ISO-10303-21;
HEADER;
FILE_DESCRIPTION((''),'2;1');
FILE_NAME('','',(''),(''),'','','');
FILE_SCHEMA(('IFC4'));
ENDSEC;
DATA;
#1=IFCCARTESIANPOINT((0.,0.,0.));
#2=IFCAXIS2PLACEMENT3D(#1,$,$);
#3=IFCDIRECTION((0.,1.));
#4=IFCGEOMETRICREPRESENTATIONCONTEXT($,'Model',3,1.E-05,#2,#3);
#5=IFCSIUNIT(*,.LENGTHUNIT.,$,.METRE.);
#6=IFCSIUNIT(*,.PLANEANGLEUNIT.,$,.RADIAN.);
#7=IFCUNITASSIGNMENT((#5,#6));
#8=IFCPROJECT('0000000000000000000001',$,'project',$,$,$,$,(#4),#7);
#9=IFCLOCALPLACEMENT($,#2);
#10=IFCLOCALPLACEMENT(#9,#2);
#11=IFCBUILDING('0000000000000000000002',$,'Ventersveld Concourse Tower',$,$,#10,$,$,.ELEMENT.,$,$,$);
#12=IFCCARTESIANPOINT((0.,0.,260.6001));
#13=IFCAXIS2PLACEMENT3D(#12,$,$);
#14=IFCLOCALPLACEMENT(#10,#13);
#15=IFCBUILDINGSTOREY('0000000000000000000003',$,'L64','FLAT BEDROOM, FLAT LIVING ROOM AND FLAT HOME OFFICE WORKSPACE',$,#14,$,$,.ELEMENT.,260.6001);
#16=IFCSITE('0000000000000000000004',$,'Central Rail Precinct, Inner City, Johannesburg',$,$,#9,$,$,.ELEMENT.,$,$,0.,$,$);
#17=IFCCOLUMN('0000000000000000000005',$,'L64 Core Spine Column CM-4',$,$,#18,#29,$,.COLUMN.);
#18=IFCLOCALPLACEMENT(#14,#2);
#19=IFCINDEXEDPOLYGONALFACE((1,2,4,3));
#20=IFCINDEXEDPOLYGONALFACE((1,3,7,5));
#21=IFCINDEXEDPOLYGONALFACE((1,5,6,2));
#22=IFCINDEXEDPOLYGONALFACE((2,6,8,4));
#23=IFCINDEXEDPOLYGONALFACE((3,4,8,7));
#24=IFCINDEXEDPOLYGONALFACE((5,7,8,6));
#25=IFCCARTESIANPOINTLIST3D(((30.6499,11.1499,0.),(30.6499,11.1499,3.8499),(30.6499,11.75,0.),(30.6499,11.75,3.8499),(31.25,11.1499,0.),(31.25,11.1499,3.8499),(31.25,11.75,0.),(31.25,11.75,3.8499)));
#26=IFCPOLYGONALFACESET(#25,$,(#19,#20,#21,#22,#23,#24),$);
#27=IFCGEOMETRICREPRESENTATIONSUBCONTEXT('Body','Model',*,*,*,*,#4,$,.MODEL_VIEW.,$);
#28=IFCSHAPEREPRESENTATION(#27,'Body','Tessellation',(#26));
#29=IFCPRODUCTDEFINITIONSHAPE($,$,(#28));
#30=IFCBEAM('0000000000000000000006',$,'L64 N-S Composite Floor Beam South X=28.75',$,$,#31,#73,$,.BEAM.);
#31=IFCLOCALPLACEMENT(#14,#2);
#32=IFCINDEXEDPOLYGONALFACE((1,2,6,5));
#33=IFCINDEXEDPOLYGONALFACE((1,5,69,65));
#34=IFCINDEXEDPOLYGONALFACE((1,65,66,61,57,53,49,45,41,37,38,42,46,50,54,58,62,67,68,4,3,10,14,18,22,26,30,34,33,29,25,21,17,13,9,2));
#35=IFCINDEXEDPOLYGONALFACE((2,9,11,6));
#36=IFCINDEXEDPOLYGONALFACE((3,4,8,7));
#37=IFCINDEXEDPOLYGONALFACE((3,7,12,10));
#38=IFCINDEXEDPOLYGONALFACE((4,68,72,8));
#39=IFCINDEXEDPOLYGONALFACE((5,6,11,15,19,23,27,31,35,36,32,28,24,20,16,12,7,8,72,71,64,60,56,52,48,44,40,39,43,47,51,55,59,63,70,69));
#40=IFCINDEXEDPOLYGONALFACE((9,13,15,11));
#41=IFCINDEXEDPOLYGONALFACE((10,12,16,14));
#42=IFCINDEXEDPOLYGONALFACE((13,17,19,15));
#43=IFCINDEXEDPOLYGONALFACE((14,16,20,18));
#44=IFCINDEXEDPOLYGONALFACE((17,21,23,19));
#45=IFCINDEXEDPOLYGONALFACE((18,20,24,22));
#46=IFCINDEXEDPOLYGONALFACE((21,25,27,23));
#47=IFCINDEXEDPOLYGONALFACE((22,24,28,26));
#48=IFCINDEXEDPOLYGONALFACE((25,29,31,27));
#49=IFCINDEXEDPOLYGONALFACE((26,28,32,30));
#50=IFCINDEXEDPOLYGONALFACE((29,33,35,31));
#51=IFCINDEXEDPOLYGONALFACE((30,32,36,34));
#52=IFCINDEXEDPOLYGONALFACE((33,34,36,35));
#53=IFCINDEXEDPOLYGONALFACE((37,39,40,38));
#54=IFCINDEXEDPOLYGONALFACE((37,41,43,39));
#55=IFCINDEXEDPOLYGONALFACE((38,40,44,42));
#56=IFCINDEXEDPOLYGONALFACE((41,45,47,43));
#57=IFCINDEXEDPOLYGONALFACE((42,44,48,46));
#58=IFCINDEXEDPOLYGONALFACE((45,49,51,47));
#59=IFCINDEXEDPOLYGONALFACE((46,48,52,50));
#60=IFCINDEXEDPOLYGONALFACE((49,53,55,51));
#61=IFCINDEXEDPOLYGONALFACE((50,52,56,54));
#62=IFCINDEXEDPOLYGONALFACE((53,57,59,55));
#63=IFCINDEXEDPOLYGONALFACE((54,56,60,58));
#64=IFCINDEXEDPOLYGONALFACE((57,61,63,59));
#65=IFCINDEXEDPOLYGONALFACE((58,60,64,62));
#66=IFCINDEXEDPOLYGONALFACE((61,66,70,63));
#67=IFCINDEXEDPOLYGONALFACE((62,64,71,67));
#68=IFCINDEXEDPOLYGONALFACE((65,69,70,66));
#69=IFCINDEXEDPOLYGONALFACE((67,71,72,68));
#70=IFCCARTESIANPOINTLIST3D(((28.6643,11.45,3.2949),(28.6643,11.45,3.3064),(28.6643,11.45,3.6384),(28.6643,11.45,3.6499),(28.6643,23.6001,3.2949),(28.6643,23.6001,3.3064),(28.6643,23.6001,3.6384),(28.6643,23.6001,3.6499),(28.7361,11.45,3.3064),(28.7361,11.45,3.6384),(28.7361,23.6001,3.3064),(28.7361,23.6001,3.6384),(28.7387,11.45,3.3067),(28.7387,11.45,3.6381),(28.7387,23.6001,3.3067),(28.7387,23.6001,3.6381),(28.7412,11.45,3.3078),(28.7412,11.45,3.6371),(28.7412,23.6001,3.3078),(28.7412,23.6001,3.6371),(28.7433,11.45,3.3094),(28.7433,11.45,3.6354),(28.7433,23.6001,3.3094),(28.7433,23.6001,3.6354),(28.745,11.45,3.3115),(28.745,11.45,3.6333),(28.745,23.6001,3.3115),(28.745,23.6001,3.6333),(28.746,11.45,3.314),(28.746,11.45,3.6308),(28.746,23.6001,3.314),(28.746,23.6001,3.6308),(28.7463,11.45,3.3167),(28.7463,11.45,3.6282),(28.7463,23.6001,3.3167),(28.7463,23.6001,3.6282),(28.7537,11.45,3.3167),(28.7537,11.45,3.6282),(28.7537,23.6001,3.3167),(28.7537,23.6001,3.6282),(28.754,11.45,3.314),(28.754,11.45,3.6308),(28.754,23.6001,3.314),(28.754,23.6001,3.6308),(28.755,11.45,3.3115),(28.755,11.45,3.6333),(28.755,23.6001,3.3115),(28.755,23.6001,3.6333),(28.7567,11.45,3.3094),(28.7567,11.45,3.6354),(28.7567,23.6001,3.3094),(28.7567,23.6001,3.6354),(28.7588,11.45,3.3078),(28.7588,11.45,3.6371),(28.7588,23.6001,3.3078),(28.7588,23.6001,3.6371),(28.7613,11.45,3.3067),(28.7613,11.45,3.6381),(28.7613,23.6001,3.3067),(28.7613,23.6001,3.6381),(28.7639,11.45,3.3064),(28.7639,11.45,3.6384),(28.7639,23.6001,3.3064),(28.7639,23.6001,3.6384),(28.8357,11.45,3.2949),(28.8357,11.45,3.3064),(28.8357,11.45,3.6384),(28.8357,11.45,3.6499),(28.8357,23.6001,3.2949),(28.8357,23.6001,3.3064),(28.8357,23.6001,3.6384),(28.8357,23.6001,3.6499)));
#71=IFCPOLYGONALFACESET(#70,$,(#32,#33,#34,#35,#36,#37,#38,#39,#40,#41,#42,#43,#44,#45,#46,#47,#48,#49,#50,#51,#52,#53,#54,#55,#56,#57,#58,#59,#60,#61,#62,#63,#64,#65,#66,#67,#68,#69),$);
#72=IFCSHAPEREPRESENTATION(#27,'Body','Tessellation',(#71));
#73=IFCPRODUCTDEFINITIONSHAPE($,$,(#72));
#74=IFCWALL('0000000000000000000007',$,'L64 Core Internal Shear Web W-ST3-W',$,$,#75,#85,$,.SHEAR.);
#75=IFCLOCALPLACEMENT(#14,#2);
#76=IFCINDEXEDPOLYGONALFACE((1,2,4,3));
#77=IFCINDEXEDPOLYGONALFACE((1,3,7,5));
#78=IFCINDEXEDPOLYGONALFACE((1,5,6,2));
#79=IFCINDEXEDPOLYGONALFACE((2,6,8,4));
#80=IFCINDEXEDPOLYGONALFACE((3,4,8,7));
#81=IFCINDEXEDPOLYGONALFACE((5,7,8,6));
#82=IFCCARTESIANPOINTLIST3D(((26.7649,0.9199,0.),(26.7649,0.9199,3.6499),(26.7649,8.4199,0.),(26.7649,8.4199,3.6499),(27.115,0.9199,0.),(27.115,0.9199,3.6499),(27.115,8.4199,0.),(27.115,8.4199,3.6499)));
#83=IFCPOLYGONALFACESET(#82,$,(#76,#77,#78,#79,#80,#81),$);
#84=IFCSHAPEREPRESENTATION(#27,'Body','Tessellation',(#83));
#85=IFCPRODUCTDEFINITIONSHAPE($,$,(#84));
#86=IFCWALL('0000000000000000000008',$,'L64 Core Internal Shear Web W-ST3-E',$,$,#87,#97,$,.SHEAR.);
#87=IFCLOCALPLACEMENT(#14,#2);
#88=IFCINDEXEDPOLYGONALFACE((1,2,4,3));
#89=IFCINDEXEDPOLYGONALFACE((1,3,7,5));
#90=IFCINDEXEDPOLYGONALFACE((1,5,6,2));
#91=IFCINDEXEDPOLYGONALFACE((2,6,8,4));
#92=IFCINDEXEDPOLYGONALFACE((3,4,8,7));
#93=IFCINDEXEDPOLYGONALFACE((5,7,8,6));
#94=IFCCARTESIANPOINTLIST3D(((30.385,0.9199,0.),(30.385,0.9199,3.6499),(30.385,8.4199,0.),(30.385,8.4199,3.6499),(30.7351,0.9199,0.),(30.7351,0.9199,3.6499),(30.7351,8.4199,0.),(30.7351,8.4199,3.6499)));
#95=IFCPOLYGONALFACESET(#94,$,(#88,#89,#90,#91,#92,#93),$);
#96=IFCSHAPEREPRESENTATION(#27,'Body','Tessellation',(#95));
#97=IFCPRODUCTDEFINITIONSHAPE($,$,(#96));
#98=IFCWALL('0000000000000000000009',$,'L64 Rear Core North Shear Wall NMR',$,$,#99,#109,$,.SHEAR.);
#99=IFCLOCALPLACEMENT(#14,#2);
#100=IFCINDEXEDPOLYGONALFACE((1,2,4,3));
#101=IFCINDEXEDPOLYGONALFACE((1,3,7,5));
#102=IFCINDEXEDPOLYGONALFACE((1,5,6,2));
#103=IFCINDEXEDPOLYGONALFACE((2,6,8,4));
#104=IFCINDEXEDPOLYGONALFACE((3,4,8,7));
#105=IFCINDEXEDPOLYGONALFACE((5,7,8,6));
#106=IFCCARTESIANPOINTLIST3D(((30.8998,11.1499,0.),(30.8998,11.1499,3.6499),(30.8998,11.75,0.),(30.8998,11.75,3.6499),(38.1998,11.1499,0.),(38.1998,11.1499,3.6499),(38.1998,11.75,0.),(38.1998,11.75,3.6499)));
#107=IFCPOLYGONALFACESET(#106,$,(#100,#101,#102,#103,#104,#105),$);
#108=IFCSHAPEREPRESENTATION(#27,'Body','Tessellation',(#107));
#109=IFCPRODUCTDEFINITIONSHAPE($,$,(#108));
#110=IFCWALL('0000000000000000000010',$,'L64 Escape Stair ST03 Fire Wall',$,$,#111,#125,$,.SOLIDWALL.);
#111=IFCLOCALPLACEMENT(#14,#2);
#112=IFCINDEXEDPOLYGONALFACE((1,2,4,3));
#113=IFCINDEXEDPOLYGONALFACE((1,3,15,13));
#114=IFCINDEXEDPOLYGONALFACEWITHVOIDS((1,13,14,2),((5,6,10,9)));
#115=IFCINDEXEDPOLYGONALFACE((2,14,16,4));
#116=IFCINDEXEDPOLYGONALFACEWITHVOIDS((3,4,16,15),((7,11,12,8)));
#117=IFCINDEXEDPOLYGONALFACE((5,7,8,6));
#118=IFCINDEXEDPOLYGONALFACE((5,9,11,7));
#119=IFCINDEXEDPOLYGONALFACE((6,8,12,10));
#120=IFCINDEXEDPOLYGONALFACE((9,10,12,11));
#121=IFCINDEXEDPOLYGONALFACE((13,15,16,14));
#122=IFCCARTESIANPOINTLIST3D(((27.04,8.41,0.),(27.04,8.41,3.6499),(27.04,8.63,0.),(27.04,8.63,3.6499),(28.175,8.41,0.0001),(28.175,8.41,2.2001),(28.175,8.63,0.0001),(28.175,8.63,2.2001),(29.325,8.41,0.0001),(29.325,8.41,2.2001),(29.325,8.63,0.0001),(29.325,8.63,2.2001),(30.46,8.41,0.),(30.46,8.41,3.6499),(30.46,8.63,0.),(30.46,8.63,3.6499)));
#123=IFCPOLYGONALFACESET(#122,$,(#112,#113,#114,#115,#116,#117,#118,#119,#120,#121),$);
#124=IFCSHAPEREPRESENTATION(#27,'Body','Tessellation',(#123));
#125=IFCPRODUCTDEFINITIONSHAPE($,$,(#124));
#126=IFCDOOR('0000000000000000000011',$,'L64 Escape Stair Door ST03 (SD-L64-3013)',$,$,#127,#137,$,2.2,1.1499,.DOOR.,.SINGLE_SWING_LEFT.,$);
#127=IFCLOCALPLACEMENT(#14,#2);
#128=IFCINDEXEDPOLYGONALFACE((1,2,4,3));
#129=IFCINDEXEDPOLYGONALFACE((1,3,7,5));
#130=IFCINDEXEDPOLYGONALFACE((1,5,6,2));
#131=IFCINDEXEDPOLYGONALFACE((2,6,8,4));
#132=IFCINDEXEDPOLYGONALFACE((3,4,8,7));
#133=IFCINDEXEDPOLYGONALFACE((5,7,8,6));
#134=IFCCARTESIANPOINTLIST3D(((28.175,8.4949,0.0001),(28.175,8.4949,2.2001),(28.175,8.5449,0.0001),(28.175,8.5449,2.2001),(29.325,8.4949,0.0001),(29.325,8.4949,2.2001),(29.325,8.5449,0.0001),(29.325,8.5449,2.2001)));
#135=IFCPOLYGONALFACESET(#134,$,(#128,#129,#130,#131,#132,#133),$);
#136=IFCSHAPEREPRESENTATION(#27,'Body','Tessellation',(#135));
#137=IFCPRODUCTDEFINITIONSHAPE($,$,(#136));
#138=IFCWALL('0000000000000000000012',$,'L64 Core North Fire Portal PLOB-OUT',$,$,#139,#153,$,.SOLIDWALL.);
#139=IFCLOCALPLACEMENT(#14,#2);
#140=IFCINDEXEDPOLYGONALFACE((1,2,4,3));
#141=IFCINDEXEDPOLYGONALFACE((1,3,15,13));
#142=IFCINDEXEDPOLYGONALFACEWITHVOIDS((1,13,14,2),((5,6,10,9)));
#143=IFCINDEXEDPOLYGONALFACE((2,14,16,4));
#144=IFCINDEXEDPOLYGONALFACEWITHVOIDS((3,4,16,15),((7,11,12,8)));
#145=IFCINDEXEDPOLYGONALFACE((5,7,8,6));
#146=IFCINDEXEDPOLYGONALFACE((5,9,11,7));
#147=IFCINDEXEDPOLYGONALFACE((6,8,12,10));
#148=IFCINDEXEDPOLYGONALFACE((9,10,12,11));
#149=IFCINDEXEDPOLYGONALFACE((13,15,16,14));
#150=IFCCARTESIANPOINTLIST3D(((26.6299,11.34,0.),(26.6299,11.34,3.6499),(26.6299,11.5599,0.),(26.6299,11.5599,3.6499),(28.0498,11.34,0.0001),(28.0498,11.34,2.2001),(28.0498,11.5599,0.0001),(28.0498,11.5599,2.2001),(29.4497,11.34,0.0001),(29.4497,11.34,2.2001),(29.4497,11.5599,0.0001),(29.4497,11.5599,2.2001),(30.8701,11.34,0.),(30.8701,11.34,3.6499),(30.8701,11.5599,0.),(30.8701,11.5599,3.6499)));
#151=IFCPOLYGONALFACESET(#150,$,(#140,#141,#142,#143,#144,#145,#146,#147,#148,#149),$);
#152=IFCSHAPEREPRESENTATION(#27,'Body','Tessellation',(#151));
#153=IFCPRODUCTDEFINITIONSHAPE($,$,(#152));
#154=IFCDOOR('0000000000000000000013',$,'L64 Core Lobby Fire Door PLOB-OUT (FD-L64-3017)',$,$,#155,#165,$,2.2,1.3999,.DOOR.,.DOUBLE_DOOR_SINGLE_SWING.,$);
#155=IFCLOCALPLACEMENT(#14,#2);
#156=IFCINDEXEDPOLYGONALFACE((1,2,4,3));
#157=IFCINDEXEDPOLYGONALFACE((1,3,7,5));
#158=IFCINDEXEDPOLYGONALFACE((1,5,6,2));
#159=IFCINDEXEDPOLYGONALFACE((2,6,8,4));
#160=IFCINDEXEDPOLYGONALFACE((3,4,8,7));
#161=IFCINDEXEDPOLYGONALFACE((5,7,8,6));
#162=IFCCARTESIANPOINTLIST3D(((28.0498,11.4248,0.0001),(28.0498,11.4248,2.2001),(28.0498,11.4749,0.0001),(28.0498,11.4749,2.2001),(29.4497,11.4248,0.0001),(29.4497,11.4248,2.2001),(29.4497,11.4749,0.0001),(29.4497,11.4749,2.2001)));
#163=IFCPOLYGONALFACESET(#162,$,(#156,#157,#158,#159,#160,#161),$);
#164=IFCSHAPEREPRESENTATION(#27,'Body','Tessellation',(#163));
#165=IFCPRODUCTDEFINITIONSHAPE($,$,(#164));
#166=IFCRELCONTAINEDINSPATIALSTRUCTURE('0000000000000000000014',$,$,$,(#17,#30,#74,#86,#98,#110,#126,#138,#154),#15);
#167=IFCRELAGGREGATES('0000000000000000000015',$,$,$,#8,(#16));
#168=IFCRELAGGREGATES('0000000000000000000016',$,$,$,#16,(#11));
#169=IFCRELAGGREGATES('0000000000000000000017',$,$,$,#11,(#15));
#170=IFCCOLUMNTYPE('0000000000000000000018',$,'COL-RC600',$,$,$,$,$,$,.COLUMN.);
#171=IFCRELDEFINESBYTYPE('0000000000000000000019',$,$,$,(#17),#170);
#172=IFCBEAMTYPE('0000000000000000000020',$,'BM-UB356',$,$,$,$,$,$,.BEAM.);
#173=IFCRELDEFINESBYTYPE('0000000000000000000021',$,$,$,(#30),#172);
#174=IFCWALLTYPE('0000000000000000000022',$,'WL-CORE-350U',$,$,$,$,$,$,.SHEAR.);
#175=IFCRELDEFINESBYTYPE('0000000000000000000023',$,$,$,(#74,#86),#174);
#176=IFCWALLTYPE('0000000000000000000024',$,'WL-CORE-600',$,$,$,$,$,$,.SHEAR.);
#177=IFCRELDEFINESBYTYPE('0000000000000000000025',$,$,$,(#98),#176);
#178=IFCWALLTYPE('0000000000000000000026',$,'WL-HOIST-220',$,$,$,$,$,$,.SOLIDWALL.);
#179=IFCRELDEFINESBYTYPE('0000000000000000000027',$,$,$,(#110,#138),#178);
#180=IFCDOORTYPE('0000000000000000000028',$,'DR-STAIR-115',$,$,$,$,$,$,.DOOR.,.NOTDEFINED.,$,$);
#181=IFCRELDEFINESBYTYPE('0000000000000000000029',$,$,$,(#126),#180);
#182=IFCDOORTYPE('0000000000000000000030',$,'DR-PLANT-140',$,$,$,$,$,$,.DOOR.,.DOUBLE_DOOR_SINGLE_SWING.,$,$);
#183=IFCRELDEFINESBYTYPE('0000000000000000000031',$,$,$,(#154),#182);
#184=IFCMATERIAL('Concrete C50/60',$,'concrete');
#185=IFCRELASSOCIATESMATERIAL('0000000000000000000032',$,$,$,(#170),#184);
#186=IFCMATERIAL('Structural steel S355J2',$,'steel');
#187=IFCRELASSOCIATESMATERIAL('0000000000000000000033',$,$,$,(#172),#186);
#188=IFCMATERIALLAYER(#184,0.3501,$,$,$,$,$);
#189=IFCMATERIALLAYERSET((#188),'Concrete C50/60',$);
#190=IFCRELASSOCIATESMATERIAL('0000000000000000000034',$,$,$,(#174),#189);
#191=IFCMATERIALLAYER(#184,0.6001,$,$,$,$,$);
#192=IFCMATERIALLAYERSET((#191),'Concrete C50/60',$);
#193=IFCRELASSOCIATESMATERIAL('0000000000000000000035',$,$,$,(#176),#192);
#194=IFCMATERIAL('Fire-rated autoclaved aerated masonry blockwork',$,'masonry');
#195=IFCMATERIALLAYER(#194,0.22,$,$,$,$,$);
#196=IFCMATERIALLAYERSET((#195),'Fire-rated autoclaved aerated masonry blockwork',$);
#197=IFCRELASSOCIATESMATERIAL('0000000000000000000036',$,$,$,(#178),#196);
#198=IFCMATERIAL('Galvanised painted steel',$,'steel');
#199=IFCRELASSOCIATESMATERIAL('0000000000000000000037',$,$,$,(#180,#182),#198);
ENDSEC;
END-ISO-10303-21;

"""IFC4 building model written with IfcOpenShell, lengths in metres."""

from ifc_helpers import new_model, si_unit, direction, frame, frame_2d, origin, origin_2d, place, context, subcontext, project, spatial, rectangle, i_section, extrude, material, layer, layer_set, material_profile, profile_set, type_object, element, fill, save


model = new_model("IFC4")

# Units and contexts
model_context = context("Model", 3, precision=1e-05, world=origin(), true_north=direction((0.0, 1.0)))
body_context = subcontext(model_context, "Body", "Model", "MODEL_VIEW")
ifc_project = project(units=[si_unit("LENGTHUNIT", "METRE"), si_unit("PLANEANGLEUNIT", "RADIAN")], contexts=[model_context])

# Site, building, storey
site_placement = place(None, origin())
site = spatial("IfcSite", under=ifc_project, at=site_placement, Name="Central Rail Precinct, Inner City, Johannesburg", CompositionType="ELEMENT", RefElevation=0.0)
building_placement = place(site_placement, origin())
building = spatial("IfcBuilding", under=site, at=building_placement, Name="Ventersveld Concourse Tower", CompositionType="ELEMENT")
storey_placement = place(building_placement, frame((0.0, 0.0, 260.6001)))
storey = spatial("IfcBuildingStorey", under=building, at=storey_placement, Name="L64", Description="FLAT BEDROOM, FLAT LIVING ROOM AND FLAT HOME OFFICE WORKSPACE", CompositionType="ELEMENT", Elevation=260.6001)

# Column
ifc_material_1 = material(Name="Concrete C50/60", Category="concrete")
ifc_material_profile_1 = material_profile(ifc_material_1, rectangle(XDim=0.6001, YDim=0.6001, at=origin_2d()), Name="RC 600x600")
ifc_profile_set_1 = profile_set([ifc_material_profile_1], Name="Concrete C50/60")
column_type = type_object("IfcColumnType", Name="COL-RC600", PredefinedType="COLUMN", material=ifc_profile_set_1)
column_placement = place(storey_placement, frame((30.95, 11.45, 0.0), z_axis=(0.0, 0.0, 1.0), x_axis=(1.0, 0.0, 0.0)))
element("IfcColumn", 1, at=column_placement, inside=storey, type_object=column_type, Name="L64 Core Spine Column CM-4", PredefinedType="COLUMN", context=body_context, shape_type="SweptSolid", body=[
    extrude(rectangle(XDim=0.6001, YDim=0.6001, at=origin_2d()), origin(), (0.0, 0.0, 1.0), 3.8499),
])

# Beam
ifc_material_2 = material(Name="Structural steel S355J2", Category="steel")
ifc_material_profile_2 = material_profile(ifc_material_2, i_section(OverallWidth=0.1714, OverallDepth=0.355, WebThickness=0.0073, FlangeThickness=0.0115, FilletRadius=0.0103, at=origin_2d()), Name="UB 356x171x51")
ifc_profile_set_2 = profile_set([ifc_material_profile_2], Name="Structural steel S355J2")
beam_type = type_object("IfcBeamType", Name="BM-UB356", PredefinedType="BEAM", material=ifc_profile_set_2)
beam_placement = place(storey_placement, frame((28.75, 11.45, 3.4724), z_axis=(0.0, 1.0, 0.0), x_axis=(-1.0, 0.0, 0.0)))
element("IfcBeam", 2, at=beam_placement, inside=storey, type_object=beam_type, Name="L64 N-S Composite Floor Beam South X=28.75", PredefinedType="BEAM", context=body_context, shape_type="SweptSolid", body=[
    extrude(i_section(OverallWidth=0.1714, OverallDepth=0.355, WebThickness=0.0073, FlangeThickness=0.0115, FilletRadius=0.0103, at=origin_2d()), origin(), (0.0, 0.0, 1.0), 12.1501),
])

# Walls
ifc_layer_1 = layer(ifc_material_1, 0.3501)
ifc_layer_set_1 = layer_set([ifc_layer_1], Name="Concrete C50/60")
wall_type_1 = type_object("IfcWallType", Name="WL-CORE-350U", PredefinedType="SHEAR", material=ifc_layer_set_1)
for number, where, z_axis, x_axis, name in (
    (3, (26.9399, 0.9199, 0.0), (0.0, 0.0, 1.0), (0.0, 1.0, 0.0), "L64 Core Internal Shear Web W-ST3-W"),
    (4, (30.5601, 0.9199, 0.0), (0.0, 0.0, 1.0), (0.0, 1.0, 0.0), "L64 Core Internal Shear Web W-ST3-E"),
):
    element("IfcWall", number, at=place(storey_placement, frame(where, z_axis=z_axis, x_axis=x_axis)), inside=storey, type_object=wall_type_1, Name=name, PredefinedType="SHEAR", context=body_context, shape_type="SweptSolid", body=[
        extrude(rectangle(XDim=7.5, YDim=0.3501, at=frame_2d((3.75, 0.0))), origin(), (0.0, 0.0, 1.0), 3.6499),
    ])
ifc_layer_2 = layer(ifc_material_1, 0.6001)
ifc_layer_set_2 = layer_set([ifc_layer_2], Name="Concrete C50/60")
wall_type_2 = type_object("IfcWallType", Name="WL-CORE-600", PredefinedType="SHEAR", material=ifc_layer_set_2)
wall_1_placement = place(storey_placement, frame((30.8999, 11.45, 0.0), z_axis=(0.0, 0.0, 1.0), x_axis=(1.0, 0.0, 0.0)))
element("IfcWall", 5, at=wall_1_placement, inside=storey, type_object=wall_type_2, Name="L64 Rear Core North Shear Wall NMR", PredefinedType="SHEAR", context=body_context, shape_type="SweptSolid", body=[
    extrude(rectangle(XDim=7.3, YDim=0.6001, at=frame_2d((3.6499, 0.0))), origin(), (0.0, 0.0, 1.0), 3.6499),
])

# Walls, openings, doors
ifc_material_3 = material(Name="Fire-rated autoclaved aerated masonry blockwork", Category="masonry")
ifc_layer_3 = layer(ifc_material_3, 0.22)
ifc_layer_set_3 = layer_set([ifc_layer_3], Name="Fire-rated autoclaved aerated masonry blockwork")
wall_type_3 = type_object("IfcWallType", Name="WL-HOIST-220", PredefinedType="SOLIDWALL", material=ifc_layer_set_3)
wall_2_placement = place(storey_placement, frame((27.04, 8.52, 0.0), z_axis=(0.0, 0.0, 1.0), x_axis=(1.0, 0.0, 0.0)))
wall_2 = element("IfcWall", 6, at=wall_2_placement, inside=storey, type_object=wall_type_3, Name="L64 Escape Stair ST03 Fire Wall", PredefinedType="SOLIDWALL", context=body_context, shape_type="SweptSolid", body=[
    extrude(rectangle(XDim=3.4199, YDim=0.22, at=frame_2d((1.71, 0.0))), origin(), (0.0, 0.0, 1.0), 3.6499),
])
opening_1_placement = place(wall_2_placement, frame((1.135, 0.0, 0.0)))
opening_1 = element("IfcOpeningElement", 7, at=opening_1_placement, cuts=wall_2, PredefinedType="OPENING", context=body_context, shape_type="SweptSolid", body=[
    extrude(rectangle(XDim=1.1499, YDim=2.2, at=frame_2d((0.575, 1.1001))), frame((0.0, 0.1201, 0.0), z_axis=(0.0, -1.0, 0.0), x_axis=(1.0, 0.0, 0.0)), (0.0, 0.0, 1.0), 0.24),
])
ifc_material_4 = material(Name="Galvanised painted steel", Category="steel")
door_type_1 = type_object("IfcDoorType", Name="DR-STAIR-115", OperationType="NOTDEFINED", PredefinedType="DOOR", material=ifc_material_4)
door_1_placement = place(opening_1_placement, origin())
door_1 = element("IfcDoor", 8, at=door_1_placement, inside=storey, type_object=door_type_1, Name="L64 Escape Stair Door ST03 (SD-L64-3013)", OperationType="SINGLE_SWING_LEFT", OverallHeight=2.2, OverallWidth=1.1499, PredefinedType="DOOR", context=body_context, shape_type="SweptSolid", body=[
    extrude(rectangle(XDim=1.1499, YDim=2.2, at=frame_2d((0.575, 1.1001))), frame((0.0, 0.0249, 0.0), z_axis=(0.0, -1.0, 0.0), x_axis=(1.0, 0.0, 0.0)), (0.0, 0.0, 1.0), 0.05),
])
fill(opening_1, door_1)
wall_3_placement = place(storey_placement, frame((26.6299, 11.45, 0.0), z_axis=(0.0, 0.0, 1.0), x_axis=(1.0, 0.0, 0.0)))
wall_3 = element("IfcWall", 9, at=wall_3_placement, inside=storey, type_object=wall_type_3, Name="L64 Core North Fire Portal PLOB-OUT", PredefinedType="SOLIDWALL", context=body_context, shape_type="SweptSolid", body=[
    extrude(rectangle(XDim=4.2402, YDim=0.22, at=frame_2d((2.1201, 0.0))), origin(), (0.0, 0.0, 1.0), 3.6499),
])
opening_2_placement = place(wall_3_placement, frame((1.4199, 0.0, 0.0)))
opening_2 = element("IfcOpeningElement", 10, at=opening_2_placement, cuts=wall_3, PredefinedType="OPENING", context=body_context, shape_type="SweptSolid", body=[
    extrude(rectangle(XDim=1.3999, YDim=2.2, at=frame_2d((0.7, 1.1001))), frame((0.0, 0.1201, 0.0), z_axis=(0.0, -1.0, 0.0), x_axis=(1.0, 0.0, 0.0)), (0.0, 0.0, 1.0), 0.24),
])
door_type_2 = type_object("IfcDoorType", Name="DR-PLANT-140", OperationType="DOUBLE_DOOR_SINGLE_SWING", PredefinedType="DOOR", material=ifc_material_4)
door_2_placement = place(opening_2_placement, origin())
door_2 = element("IfcDoor", 11, at=door_2_placement, inside=storey, type_object=door_type_2, Name="L64 Core Lobby Fire Door PLOB-OUT (FD-L64-3017)", OperationType="DOUBLE_DOOR_SINGLE_SWING", OverallHeight=2.2, OverallWidth=1.3999, PredefinedType="DOOR", context=body_context, shape_type="SweptSolid", body=[
    extrude(rectangle(XDim=1.3999, YDim=2.2, at=frame_2d((0.7, 1.1001))), frame((0.0, 0.0249, 0.0), z_axis=(0.0, -1.0, 0.0), x_axis=(1.0, 0.0, 0.0)), (0.0, 0.0, 1.0), 0.05),
])
fill(opening_2, door_2)

save(model, "model.ifc")
